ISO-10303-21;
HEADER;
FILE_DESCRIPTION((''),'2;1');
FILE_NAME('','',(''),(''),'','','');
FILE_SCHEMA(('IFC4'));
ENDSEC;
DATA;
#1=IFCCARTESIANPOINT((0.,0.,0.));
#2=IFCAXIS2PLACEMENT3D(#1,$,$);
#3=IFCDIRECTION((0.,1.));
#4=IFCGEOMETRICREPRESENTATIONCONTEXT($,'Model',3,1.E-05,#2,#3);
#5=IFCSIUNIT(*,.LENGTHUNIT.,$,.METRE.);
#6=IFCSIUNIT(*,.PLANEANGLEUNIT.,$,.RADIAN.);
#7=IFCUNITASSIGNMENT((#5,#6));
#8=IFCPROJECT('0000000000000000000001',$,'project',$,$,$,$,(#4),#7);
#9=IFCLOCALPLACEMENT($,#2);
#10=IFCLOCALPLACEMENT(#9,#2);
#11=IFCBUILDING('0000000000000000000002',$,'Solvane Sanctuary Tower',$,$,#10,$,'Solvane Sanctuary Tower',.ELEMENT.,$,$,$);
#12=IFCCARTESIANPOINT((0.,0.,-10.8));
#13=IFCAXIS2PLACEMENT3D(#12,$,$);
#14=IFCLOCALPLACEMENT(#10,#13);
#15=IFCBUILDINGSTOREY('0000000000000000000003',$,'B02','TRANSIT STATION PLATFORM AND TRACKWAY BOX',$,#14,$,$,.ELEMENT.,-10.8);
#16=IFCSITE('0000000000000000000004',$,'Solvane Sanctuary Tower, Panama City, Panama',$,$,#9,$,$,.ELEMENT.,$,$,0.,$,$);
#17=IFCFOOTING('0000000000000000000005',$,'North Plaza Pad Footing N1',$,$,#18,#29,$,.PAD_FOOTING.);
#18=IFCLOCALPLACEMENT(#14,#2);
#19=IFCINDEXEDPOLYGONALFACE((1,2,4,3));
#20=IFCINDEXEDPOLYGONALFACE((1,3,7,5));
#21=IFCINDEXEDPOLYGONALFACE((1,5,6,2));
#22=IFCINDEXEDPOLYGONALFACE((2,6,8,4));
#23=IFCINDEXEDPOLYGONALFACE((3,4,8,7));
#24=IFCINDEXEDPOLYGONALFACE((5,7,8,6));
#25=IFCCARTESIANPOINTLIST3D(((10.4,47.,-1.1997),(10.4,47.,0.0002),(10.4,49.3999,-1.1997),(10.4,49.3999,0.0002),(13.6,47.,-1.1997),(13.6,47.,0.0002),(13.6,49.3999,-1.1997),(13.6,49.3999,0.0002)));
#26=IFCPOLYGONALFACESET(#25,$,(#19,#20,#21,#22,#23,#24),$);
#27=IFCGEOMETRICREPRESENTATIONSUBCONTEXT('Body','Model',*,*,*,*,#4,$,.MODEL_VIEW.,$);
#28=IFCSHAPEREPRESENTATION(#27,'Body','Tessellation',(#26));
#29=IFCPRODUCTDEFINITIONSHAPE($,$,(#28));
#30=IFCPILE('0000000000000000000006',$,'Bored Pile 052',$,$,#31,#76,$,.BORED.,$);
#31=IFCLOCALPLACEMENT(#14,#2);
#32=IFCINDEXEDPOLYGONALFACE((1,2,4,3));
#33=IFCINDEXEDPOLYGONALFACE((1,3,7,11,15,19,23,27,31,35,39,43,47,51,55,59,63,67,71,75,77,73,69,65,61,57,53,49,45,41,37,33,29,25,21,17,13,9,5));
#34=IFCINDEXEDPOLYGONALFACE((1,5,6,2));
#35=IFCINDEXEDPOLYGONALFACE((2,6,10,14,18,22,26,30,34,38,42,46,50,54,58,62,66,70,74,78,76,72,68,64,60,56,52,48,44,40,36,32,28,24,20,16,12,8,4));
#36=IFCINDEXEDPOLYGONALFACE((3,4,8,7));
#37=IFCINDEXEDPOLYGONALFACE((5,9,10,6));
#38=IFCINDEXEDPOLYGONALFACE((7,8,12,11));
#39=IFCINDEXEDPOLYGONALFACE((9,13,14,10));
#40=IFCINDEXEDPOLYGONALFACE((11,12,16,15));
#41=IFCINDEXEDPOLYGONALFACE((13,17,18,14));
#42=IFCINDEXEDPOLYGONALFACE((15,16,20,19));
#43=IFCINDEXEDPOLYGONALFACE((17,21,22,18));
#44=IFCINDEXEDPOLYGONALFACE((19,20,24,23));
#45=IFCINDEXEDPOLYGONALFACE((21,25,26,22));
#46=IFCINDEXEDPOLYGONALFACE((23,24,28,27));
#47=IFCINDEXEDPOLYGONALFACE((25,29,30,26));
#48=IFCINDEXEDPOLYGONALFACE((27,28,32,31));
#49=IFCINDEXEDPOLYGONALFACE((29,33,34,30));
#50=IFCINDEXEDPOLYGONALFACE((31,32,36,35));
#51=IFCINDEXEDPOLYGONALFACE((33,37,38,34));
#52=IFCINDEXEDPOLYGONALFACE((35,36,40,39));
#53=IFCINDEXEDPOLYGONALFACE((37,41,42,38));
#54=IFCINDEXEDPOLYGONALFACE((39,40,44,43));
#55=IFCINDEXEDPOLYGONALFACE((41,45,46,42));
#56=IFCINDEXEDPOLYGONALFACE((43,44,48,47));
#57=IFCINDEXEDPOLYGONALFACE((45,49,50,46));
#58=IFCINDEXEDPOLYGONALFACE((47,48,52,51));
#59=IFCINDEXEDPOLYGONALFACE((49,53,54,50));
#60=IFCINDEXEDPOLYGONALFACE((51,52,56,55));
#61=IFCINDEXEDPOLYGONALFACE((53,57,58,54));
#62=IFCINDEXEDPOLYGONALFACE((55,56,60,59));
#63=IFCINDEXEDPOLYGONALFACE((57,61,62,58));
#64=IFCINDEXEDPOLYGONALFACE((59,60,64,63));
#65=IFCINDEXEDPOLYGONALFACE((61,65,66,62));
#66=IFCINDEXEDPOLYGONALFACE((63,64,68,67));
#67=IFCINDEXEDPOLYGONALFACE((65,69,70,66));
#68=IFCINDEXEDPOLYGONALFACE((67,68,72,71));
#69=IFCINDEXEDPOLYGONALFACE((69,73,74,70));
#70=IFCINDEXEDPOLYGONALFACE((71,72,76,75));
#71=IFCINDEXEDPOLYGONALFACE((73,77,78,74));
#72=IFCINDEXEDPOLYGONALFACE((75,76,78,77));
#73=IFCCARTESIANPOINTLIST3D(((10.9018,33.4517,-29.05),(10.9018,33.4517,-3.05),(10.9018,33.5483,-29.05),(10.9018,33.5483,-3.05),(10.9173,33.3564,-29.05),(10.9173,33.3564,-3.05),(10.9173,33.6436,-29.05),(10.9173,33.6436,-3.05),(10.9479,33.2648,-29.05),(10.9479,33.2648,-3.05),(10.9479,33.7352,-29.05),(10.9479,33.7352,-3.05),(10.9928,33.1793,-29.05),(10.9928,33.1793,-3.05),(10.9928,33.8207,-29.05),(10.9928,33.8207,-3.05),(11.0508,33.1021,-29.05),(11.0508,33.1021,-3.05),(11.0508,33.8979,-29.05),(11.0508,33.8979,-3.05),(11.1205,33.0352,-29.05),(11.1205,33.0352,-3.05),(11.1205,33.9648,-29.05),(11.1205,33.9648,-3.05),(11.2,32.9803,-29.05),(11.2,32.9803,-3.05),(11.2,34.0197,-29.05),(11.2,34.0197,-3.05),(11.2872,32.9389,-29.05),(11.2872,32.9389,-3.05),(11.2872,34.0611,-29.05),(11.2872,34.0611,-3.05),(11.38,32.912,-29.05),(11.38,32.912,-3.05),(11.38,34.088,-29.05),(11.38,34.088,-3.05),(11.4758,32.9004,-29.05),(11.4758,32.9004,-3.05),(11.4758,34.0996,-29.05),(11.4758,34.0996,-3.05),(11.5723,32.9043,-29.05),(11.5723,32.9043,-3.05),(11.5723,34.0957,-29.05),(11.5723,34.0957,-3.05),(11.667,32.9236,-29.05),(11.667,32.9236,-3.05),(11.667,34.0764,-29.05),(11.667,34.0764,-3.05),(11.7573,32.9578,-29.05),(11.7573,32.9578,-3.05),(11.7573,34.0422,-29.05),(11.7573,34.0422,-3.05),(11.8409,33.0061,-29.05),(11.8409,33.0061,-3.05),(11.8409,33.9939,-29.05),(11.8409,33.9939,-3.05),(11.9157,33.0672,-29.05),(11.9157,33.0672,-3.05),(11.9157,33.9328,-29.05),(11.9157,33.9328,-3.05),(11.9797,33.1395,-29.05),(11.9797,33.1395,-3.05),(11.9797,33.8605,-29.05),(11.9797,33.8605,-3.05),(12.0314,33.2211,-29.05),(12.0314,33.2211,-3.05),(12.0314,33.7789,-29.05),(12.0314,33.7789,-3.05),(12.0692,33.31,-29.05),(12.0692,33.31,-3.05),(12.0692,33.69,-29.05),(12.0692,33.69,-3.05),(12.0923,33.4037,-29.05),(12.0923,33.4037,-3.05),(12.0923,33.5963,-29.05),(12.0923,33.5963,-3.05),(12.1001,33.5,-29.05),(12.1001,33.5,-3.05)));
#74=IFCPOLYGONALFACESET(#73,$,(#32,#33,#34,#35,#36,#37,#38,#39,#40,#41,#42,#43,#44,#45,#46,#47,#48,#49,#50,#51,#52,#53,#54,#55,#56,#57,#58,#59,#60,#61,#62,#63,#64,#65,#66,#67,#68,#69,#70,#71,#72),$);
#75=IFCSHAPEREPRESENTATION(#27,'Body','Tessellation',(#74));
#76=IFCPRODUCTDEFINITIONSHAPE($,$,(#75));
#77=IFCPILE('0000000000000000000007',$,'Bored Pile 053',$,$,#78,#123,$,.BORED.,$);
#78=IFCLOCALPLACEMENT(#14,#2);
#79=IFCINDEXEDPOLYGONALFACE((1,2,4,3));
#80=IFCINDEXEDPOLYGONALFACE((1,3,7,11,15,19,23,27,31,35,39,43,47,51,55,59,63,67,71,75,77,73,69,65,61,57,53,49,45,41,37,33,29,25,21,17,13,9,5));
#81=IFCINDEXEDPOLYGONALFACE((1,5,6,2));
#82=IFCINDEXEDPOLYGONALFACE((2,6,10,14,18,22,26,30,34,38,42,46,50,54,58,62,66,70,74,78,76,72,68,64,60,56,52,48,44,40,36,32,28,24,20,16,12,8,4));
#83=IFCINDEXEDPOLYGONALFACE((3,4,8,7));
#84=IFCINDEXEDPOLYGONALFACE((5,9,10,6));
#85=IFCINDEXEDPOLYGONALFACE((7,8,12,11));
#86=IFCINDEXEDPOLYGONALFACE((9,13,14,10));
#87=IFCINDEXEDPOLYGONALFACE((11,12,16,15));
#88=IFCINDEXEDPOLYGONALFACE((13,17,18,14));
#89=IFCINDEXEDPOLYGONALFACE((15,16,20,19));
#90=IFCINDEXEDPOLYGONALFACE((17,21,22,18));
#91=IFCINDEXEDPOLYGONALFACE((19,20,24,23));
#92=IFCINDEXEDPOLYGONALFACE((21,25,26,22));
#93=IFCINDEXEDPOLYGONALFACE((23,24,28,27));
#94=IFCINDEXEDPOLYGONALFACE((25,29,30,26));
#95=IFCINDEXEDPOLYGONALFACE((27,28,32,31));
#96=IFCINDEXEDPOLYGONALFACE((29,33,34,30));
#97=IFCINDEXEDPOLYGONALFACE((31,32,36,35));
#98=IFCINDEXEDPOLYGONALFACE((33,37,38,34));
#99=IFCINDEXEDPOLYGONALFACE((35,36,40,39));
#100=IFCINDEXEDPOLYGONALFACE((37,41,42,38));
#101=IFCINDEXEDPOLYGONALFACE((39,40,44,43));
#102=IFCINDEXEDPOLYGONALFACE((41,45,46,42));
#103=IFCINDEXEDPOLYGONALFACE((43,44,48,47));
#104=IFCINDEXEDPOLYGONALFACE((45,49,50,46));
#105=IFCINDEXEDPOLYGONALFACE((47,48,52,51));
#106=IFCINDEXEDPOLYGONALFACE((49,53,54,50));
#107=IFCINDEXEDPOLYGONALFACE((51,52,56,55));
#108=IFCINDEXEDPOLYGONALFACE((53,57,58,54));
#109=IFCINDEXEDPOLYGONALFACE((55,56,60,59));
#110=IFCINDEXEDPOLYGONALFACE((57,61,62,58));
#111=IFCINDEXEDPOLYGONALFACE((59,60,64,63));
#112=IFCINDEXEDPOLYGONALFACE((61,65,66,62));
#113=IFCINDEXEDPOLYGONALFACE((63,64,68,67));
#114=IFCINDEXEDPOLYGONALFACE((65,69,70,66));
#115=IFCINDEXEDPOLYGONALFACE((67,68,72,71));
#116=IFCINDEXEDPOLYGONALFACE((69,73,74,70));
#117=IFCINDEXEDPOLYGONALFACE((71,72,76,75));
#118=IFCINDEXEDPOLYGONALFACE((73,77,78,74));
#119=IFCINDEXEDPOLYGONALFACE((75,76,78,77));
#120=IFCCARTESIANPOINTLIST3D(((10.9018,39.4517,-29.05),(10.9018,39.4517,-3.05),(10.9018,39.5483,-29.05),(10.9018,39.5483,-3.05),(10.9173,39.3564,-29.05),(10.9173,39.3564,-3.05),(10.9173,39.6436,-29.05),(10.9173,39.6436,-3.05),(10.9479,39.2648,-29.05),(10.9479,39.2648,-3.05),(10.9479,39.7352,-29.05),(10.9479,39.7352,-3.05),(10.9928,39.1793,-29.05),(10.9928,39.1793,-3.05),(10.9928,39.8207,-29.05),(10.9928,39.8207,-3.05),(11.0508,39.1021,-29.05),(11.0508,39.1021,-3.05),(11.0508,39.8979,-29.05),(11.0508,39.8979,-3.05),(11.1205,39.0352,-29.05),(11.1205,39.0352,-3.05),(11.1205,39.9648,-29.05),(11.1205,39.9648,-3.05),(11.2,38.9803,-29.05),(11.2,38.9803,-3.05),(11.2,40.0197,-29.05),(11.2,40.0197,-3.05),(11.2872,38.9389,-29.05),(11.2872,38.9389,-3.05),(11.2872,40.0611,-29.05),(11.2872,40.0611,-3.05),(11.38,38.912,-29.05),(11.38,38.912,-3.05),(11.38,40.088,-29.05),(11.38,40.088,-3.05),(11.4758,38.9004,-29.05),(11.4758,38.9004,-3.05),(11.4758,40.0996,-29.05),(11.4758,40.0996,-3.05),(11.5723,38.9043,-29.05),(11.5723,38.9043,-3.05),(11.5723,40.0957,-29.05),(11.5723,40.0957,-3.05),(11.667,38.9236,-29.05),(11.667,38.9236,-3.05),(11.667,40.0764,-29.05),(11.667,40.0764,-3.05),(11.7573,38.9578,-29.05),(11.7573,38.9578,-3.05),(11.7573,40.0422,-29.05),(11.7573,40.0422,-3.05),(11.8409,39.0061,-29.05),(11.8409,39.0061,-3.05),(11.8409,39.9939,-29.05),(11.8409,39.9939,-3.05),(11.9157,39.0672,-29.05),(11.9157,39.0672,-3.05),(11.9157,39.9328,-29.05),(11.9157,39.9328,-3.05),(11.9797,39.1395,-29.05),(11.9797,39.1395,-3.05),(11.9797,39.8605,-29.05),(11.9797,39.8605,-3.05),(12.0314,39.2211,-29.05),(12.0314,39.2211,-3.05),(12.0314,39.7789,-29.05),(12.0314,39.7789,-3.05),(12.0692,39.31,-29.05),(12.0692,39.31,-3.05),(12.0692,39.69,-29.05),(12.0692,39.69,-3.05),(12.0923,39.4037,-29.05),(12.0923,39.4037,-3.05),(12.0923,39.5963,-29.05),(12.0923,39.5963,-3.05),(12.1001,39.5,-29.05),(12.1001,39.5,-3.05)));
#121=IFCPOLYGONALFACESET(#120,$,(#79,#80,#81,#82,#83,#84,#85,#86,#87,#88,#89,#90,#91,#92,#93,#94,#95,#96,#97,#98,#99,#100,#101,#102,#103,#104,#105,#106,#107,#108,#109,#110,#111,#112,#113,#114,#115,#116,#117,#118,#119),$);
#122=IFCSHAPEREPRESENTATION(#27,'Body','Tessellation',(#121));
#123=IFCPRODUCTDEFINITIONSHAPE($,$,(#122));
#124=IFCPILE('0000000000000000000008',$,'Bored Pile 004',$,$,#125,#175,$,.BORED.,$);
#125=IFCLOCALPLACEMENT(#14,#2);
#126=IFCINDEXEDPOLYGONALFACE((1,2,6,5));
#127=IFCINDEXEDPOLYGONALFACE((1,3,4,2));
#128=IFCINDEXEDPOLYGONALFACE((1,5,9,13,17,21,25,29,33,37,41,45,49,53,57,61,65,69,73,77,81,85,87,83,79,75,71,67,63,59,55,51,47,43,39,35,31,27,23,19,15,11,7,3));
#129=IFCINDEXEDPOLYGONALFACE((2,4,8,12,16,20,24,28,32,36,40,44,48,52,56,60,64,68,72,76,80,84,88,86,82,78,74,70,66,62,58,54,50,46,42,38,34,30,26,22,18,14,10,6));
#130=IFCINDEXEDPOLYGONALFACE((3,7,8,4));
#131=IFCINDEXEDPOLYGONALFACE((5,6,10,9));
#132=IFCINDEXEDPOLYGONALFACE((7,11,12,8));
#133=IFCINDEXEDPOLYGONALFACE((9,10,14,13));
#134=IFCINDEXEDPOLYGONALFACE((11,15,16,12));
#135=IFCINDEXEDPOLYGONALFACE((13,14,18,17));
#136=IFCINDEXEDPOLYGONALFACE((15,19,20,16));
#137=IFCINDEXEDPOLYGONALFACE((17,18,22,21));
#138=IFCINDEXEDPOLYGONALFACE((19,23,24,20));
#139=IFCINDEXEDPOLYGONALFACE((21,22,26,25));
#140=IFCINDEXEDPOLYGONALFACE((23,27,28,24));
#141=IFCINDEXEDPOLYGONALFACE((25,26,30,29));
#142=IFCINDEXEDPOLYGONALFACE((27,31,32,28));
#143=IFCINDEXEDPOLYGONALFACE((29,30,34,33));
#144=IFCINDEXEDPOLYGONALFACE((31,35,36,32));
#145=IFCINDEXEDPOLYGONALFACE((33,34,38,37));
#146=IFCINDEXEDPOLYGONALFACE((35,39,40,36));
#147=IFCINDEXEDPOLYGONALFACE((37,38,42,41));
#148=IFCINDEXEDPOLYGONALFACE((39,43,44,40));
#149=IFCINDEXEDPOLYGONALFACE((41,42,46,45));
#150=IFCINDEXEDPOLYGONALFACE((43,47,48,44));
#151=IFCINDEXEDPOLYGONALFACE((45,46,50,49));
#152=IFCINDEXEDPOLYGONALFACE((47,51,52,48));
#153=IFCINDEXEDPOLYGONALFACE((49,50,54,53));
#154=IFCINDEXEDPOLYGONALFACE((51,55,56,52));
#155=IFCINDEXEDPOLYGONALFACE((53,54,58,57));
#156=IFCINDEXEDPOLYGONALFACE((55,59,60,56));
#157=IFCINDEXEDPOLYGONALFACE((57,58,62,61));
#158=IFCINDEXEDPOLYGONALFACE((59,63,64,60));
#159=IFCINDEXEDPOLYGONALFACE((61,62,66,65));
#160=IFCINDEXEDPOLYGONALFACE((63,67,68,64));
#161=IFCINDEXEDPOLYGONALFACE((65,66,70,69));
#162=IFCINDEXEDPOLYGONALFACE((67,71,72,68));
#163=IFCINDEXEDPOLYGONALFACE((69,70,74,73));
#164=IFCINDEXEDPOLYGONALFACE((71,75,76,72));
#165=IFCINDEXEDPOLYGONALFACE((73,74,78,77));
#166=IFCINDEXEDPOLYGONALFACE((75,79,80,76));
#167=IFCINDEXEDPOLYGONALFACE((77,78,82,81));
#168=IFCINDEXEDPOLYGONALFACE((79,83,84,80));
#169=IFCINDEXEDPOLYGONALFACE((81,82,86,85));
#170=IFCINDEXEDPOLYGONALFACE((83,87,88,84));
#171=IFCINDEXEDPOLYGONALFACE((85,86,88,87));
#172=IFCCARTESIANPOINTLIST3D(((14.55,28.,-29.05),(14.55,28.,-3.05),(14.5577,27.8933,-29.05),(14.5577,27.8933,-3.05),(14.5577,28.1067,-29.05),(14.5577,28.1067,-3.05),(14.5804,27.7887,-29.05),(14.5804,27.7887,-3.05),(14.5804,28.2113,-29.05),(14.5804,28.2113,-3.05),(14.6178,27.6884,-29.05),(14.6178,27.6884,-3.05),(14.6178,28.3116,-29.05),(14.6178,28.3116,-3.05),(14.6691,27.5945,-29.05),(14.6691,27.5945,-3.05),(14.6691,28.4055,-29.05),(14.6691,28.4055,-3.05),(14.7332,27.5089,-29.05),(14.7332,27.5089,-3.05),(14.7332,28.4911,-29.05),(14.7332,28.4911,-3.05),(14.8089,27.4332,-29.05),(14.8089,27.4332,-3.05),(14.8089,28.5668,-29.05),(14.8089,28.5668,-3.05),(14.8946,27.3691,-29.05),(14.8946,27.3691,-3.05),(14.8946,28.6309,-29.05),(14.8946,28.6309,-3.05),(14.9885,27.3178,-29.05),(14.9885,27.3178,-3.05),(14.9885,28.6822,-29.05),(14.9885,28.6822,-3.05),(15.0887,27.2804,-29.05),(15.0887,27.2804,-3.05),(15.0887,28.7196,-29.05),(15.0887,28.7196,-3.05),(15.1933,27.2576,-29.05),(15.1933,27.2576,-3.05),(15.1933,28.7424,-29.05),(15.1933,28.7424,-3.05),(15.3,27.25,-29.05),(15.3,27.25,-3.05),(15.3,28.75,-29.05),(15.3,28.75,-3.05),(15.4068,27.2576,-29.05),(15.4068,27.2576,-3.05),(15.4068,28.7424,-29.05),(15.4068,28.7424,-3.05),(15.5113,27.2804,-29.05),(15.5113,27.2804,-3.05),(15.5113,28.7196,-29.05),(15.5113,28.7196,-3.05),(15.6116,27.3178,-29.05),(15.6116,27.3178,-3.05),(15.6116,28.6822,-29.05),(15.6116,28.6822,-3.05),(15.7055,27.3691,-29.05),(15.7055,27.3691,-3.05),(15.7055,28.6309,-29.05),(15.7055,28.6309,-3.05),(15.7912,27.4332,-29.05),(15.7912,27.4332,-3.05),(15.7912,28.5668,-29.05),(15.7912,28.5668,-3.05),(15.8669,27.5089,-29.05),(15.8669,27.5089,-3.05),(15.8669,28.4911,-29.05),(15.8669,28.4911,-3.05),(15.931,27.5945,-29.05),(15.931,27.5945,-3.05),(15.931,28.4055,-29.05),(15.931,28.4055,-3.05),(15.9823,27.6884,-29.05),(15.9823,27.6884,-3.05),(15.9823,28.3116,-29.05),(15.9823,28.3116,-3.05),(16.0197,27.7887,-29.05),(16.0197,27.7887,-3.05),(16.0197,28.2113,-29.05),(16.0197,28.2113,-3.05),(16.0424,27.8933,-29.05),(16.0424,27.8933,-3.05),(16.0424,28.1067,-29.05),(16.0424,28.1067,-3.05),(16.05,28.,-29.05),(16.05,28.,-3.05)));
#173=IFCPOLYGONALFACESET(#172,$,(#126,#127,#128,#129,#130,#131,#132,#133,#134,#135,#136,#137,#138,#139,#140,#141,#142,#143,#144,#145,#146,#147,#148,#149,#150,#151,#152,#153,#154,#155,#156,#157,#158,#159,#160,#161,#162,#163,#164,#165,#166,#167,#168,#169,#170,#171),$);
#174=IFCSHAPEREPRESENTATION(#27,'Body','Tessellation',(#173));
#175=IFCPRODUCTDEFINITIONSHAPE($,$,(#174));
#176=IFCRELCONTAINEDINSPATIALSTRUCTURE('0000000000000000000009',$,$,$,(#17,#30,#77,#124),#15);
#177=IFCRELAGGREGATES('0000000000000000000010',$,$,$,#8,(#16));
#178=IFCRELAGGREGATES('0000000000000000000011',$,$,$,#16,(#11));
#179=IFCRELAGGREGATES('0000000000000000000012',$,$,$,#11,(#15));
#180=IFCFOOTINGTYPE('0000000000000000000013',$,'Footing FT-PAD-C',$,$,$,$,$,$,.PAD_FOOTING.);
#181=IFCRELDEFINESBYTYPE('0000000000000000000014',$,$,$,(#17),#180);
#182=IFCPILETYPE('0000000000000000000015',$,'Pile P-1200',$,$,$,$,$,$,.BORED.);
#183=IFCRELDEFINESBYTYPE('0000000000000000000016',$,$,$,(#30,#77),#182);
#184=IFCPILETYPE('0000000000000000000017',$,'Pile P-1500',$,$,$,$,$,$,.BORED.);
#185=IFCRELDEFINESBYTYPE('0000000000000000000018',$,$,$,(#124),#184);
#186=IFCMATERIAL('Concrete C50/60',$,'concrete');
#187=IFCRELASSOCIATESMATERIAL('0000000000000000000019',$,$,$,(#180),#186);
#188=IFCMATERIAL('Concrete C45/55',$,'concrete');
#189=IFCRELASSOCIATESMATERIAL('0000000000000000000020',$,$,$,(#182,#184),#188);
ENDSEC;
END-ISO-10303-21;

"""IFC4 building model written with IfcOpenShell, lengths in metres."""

from ifc_helpers import new_model, si_unit, direction, frame, origin, origin_2d, place, context, subcontext, project, spatial, rectangle, circle, extrude, material, material_profile, profile_set, type_object, element, save


model = new_model("IFC4")

# Units and contexts
model_context = context("Model", 3, precision=1e-05, world=origin(), true_north=direction((0.0, 1.0)))
body_context = subcontext(model_context, "Body", "Model", "MODEL_VIEW")
ifc_project = project(units=[si_unit("LENGTHUNIT", "METRE"), si_unit("PLANEANGLEUNIT", "RADIAN")], contexts=[model_context])

# Site, building, storey
site_placement = place(None, origin())
site = spatial("IfcSite", under=ifc_project, at=site_placement, Name="Solvane Sanctuary Tower, Panama City, Panama", CompositionType="ELEMENT", RefElevation=0.0)
building_placement = place(site_placement, origin())
building = spatial("IfcBuilding", under=site, at=building_placement, Name="Solvane Sanctuary Tower", LongName="Solvane Sanctuary Tower", CompositionType="ELEMENT")
storey_placement = place(building_placement, frame((0.0, 0.0, -10.8)))
storey = spatial("IfcBuildingStorey", under=building, at=storey_placement, Name="B02", Description="TRANSIT STATION PLATFORM AND TRACKWAY BOX", CompositionType="ELEMENT", Elevation=-10.8)

# Footing
ifc_material_1 = material(Name="Concrete C50/60", Category="concrete")
footing_type = type_object("IfcFootingType", Name="Footing FT-PAD-C", PredefinedType="PAD_FOOTING", material=ifc_material_1)
footing_placement = place(storey_placement, frame((12.0, 48.2, -1.1997), z_axis=(0.0, 0.0, 1.0), x_axis=(1.0, 0.0, 0.0)))
element("IfcFooting", 1, at=footing_placement, inside=storey, type_object=footing_type, Name="North Plaza Pad Footing N1", PredefinedType="PAD_FOOTING", context=body_context, shape_type="SweptSolid", body=[
    extrude(rectangle(XDim=3.2, YDim=2.3999, at=origin_2d()), origin(), (0.0, 0.0, 1.0), 1.2),
])

# Piles
ifc_material_2 = material(Name="Concrete C45/55", Category="concrete")
ifc_material_profile_1 = material_profile(ifc_material_2, circle(Radius=0.6001, at=origin_2d()), Name="PILE1200")
ifc_profile_set_1 = profile_set([ifc_material_profile_1], Name="Concrete C45/55")
pile_type_1 = type_object("IfcPileType", Name="Pile P-1200", PredefinedType="BORED", material=ifc_profile_set_1)
for number, where, z_axis, x_axis, name in (
    (2, (11.5, 33.5, -3.05), (0.0, 0.0, -1.0), (1.0, 0.0, 0.0), "Bored Pile 052"),
    (3, (11.5, 39.5, -3.05), (0.0, 0.0, -1.0), (1.0, 0.0, 0.0), "Bored Pile 053"),
):
    element("IfcPile", number, at=place(storey_placement, frame(where, z_axis=z_axis, x_axis=x_axis)), inside=storey, type_object=pile_type_1, Name=name, PredefinedType="BORED", context=body_context, shape_type="SweptSolid", body=[
        extrude(circle(Radius=0.6001, at=origin_2d()), origin(), (0.0, 0.0, 1.0), 26.0),
    ])
ifc_material_profile_2 = material_profile(ifc_material_2, circle(Radius=0.75, at=origin_2d()), Name="PILE1500")
ifc_profile_set_2 = profile_set([ifc_material_profile_2], Name="Concrete C45/55")
pile_type_2 = type_object("IfcPileType", Name="Pile P-1500", PredefinedType="BORED", material=ifc_profile_set_2)
for number, where, z_axis, x_axis, name in (
    (4, (15.3, 28.0, -3.05), (0.0, 0.0, -1.0), (1.0, 0.0, 0.0), "Bored Pile 004"),
):
    element("IfcPile", number, at=place(storey_placement, frame(where, z_axis=z_axis, x_axis=x_axis)), inside=storey, type_object=pile_type_2, Name=name, PredefinedType="BORED", context=body_context, shape_type="SweptSolid", body=[
        extrude(circle(Radius=0.75, at=origin_2d()), origin(), (0.0, 0.0, 1.0), 26.0),
    ])

save(model, "model.ifc")
